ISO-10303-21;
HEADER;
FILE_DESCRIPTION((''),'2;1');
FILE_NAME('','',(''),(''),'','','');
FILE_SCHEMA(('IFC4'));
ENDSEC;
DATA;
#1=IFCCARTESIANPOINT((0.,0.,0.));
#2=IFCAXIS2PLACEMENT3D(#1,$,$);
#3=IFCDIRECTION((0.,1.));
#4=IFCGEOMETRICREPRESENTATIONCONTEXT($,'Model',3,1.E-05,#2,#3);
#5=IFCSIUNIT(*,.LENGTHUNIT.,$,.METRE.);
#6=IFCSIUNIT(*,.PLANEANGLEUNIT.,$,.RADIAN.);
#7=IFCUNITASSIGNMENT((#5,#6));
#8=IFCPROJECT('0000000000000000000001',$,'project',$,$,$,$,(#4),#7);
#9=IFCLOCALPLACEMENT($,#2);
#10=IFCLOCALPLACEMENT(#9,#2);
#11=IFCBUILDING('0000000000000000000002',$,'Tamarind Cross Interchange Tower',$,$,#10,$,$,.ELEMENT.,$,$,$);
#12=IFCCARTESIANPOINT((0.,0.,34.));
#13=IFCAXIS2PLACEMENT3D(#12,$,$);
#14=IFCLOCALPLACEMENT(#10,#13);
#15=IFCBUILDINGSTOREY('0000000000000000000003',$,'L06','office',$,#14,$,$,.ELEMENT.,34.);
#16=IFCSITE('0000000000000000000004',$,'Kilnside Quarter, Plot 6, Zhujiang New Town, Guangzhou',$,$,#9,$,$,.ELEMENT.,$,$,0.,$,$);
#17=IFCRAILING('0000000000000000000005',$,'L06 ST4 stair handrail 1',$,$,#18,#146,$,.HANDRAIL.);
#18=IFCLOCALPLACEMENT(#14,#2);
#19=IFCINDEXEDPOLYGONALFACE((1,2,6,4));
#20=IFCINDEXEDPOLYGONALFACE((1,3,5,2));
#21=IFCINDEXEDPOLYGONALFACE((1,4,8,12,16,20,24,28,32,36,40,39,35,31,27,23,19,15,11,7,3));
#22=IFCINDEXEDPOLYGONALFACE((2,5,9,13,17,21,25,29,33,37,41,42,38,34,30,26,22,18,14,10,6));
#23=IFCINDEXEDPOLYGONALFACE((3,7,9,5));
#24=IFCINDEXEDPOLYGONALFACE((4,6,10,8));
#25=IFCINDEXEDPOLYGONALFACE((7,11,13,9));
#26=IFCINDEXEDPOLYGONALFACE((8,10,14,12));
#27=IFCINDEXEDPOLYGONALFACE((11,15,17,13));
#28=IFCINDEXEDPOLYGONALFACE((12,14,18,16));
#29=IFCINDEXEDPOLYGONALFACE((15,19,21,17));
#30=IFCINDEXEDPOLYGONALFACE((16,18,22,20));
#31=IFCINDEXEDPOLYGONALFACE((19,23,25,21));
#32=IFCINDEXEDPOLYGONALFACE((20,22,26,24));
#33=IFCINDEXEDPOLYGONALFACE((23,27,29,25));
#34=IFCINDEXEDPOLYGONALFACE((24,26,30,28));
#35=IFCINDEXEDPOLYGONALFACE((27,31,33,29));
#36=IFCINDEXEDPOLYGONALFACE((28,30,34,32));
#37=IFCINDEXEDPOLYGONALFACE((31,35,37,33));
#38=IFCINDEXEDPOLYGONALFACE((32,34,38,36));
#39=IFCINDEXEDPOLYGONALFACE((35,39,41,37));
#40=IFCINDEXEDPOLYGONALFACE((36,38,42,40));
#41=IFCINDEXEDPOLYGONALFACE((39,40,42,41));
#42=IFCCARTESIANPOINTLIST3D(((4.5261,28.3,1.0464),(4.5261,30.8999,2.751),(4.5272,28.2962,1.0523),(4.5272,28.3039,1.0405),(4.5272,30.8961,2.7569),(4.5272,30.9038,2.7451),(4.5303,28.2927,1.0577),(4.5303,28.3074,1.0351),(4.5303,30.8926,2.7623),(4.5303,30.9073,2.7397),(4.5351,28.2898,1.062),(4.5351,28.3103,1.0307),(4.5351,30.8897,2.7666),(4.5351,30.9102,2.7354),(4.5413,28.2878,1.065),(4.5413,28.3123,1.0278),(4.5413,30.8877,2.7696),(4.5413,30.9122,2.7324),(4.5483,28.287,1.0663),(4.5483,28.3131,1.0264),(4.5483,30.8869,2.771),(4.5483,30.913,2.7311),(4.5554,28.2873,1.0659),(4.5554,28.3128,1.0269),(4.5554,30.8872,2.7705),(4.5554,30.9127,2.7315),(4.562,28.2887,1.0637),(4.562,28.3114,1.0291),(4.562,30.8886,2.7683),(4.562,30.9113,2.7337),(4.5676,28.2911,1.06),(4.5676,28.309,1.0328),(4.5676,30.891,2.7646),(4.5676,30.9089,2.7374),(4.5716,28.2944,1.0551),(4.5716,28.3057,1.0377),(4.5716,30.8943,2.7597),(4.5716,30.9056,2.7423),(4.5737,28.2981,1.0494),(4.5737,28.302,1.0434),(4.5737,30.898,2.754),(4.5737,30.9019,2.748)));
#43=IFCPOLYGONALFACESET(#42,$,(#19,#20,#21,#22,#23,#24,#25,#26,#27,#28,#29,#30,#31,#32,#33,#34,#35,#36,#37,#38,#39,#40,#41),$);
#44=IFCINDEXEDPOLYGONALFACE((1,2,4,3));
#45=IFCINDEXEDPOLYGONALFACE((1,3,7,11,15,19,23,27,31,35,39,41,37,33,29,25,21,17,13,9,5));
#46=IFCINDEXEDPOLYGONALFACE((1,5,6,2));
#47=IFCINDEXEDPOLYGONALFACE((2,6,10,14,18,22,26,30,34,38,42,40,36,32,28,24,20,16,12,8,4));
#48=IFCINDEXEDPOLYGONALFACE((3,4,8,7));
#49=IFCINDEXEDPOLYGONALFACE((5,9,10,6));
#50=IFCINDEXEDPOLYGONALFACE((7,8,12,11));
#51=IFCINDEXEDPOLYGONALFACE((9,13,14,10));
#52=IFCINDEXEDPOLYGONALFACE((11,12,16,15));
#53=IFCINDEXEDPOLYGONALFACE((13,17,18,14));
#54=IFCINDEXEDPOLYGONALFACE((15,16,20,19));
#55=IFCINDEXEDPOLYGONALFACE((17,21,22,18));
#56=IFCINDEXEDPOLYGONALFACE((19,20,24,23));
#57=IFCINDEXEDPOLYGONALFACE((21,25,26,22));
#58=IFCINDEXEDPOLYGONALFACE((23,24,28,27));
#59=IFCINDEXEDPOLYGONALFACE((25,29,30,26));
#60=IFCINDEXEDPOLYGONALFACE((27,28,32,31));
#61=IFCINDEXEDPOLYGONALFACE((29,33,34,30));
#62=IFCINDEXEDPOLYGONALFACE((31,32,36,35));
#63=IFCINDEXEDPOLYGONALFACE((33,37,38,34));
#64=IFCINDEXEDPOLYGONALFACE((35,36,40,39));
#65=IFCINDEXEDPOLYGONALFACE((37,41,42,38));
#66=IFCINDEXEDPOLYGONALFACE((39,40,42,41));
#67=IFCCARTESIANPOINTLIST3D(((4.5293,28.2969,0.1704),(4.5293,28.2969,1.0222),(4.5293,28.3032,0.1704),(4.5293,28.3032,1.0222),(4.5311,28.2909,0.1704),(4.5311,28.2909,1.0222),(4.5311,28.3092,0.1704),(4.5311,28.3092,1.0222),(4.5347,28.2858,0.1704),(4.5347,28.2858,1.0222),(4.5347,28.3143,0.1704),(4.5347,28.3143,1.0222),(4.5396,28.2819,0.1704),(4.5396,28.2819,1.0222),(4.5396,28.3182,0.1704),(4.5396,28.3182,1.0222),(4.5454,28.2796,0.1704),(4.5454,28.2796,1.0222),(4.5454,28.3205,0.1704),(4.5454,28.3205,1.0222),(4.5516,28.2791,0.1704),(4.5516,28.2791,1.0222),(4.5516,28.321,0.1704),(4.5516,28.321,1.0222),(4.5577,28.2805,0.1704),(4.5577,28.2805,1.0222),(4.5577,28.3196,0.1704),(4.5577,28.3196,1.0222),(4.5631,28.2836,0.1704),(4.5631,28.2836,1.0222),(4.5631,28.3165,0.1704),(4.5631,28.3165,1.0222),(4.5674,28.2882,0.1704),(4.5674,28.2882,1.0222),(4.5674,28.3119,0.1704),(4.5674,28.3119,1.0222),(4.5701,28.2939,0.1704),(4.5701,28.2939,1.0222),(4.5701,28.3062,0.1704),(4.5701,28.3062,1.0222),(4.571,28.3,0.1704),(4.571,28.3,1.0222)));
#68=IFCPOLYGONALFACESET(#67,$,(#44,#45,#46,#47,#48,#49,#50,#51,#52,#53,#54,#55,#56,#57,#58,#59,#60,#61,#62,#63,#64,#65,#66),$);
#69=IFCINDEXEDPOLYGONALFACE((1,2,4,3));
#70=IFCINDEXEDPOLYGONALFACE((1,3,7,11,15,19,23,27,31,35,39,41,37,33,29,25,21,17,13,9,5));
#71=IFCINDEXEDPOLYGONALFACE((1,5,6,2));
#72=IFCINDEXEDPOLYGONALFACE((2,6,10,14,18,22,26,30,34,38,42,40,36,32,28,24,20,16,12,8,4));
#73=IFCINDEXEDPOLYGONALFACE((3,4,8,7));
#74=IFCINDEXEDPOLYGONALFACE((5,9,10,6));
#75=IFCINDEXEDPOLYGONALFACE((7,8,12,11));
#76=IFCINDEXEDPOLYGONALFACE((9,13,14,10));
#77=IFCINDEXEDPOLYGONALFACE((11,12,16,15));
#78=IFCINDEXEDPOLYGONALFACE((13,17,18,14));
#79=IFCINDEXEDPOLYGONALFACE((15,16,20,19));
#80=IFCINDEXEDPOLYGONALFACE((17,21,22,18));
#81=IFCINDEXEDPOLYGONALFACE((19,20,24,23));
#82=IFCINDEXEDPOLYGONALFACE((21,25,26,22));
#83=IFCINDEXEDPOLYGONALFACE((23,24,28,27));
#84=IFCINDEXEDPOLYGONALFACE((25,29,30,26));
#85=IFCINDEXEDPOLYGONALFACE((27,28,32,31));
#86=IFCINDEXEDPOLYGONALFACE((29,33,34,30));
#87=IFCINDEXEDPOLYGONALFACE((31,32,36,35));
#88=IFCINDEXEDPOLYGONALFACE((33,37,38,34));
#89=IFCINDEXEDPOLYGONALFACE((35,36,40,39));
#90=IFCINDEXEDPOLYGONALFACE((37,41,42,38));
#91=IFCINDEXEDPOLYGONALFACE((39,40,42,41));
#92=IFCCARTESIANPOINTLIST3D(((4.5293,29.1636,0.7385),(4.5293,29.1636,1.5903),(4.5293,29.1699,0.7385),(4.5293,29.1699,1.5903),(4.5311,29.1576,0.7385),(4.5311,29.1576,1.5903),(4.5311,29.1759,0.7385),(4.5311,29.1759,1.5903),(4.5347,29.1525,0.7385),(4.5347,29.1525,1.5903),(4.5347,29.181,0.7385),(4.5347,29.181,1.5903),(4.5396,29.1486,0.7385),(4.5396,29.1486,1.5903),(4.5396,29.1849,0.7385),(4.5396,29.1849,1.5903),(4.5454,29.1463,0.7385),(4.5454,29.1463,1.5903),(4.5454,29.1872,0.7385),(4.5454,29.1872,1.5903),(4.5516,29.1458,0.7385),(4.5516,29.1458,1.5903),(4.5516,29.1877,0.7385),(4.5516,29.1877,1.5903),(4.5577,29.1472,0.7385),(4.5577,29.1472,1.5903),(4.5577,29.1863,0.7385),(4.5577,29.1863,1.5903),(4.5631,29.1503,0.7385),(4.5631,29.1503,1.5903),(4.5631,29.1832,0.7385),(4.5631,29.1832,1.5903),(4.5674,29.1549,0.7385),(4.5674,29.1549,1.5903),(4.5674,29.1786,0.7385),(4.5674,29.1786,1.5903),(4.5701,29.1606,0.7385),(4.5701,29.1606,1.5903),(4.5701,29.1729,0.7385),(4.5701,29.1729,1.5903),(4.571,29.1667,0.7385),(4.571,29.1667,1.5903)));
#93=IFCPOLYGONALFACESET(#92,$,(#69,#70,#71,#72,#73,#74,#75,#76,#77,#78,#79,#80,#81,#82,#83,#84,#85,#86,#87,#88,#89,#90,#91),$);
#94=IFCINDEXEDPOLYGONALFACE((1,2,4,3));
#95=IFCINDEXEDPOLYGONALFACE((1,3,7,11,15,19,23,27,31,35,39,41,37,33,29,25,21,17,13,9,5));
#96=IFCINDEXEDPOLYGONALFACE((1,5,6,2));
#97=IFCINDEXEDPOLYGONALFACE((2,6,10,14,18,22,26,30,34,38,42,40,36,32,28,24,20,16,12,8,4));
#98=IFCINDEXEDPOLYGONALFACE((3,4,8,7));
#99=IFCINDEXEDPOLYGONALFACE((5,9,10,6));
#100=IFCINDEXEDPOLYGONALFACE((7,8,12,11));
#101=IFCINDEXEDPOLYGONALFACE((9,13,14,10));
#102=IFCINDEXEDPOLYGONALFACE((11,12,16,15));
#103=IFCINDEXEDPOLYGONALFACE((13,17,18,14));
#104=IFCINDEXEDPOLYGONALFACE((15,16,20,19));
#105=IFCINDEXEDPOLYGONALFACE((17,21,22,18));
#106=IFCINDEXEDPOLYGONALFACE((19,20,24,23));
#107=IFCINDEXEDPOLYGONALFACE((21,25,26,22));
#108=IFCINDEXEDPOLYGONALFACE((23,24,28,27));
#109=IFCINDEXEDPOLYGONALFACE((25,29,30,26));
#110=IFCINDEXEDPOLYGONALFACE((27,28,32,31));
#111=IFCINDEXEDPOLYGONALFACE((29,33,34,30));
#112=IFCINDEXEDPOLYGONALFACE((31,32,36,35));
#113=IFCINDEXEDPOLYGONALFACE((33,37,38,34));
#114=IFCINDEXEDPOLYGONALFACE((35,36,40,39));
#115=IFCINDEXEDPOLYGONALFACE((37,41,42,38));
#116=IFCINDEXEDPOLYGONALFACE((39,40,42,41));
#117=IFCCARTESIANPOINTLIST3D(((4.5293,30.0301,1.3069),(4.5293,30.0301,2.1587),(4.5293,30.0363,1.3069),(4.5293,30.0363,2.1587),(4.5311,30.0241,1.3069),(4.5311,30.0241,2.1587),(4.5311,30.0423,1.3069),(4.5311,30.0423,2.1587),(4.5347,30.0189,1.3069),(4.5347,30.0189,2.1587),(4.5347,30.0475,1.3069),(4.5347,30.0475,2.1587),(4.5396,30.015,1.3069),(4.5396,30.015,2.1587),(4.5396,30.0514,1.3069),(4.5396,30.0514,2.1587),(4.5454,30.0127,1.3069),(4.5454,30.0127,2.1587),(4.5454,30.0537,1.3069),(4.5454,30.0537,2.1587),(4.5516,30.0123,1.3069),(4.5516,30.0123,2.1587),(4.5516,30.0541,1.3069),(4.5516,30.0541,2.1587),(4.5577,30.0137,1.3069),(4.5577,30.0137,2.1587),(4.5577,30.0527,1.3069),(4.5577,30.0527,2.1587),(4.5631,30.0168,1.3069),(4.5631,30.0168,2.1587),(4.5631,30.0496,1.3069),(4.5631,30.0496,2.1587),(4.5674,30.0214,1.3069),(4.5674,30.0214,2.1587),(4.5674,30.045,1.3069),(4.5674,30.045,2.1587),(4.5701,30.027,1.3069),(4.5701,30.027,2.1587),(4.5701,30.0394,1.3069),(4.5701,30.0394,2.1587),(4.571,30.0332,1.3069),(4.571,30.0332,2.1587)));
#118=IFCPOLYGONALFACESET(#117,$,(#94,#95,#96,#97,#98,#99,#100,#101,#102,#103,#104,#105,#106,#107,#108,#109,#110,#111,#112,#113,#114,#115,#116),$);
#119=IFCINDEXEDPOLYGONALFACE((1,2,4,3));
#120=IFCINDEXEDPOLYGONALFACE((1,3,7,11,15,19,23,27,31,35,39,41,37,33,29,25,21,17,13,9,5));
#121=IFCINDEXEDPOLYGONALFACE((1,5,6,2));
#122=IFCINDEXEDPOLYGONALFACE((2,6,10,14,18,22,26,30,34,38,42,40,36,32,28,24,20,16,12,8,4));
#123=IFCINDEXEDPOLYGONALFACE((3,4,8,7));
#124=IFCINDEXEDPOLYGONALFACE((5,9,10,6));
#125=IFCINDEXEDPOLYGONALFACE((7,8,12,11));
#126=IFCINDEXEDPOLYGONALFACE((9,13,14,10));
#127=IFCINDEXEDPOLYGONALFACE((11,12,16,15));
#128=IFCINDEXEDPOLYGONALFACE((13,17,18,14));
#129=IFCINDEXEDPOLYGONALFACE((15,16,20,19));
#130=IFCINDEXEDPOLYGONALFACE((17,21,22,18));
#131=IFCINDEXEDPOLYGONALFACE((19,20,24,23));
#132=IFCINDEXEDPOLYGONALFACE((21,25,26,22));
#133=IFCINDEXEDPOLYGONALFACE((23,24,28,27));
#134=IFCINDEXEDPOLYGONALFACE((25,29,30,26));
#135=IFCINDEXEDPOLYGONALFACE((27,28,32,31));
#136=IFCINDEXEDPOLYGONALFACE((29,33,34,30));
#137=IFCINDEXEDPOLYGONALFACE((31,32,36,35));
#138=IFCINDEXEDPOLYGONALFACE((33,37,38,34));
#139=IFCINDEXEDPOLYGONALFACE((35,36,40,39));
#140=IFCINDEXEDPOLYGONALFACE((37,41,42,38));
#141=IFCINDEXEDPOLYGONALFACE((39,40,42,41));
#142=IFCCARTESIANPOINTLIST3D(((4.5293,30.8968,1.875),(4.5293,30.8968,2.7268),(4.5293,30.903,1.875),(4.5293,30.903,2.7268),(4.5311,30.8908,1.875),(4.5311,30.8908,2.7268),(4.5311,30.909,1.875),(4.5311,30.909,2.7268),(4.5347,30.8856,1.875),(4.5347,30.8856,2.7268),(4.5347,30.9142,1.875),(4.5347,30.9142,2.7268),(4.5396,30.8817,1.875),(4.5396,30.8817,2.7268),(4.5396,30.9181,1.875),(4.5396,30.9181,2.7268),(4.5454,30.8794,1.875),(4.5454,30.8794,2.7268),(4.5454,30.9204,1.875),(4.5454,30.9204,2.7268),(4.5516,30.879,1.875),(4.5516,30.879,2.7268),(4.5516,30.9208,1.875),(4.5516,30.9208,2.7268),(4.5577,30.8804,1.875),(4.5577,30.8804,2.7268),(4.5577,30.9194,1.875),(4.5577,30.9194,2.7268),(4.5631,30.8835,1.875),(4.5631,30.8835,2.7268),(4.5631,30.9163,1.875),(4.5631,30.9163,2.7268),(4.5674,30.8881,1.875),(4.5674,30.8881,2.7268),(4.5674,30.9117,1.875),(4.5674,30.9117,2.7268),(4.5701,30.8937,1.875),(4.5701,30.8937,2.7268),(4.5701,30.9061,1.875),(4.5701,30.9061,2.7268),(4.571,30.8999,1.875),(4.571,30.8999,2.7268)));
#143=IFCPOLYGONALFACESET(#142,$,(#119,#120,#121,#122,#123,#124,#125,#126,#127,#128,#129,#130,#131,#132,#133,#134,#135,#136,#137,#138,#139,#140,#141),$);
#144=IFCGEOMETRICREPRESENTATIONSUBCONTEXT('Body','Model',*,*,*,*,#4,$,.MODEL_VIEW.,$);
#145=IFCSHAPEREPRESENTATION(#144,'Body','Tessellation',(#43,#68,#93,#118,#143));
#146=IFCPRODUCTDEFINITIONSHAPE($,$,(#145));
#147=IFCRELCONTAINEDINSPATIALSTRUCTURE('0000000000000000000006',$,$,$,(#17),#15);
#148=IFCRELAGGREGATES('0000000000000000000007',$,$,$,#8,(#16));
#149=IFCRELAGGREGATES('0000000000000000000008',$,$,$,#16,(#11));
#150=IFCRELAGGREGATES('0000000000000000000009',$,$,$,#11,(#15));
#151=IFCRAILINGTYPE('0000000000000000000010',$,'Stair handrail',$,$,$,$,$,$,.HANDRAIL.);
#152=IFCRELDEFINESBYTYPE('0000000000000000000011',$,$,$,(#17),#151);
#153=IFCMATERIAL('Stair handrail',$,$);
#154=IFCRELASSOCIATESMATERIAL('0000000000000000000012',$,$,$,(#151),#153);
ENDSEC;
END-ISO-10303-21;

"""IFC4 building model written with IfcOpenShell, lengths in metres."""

from ifc_helpers import new_model, si_unit, direction, frame, origin, origin_2d, place, context, subcontext, project, spatial, circle, extrude, material, type_object, element, save


model = new_model("IFC4")

# Units and contexts
model_context = context("Model", 3, precision=1e-05, world=origin(), true_north=direction((0.0, 1.0)))
body_context = subcontext(model_context, "Body", "Model", "MODEL_VIEW")
ifc_project = project(units=[si_unit("LENGTHUNIT", "METRE"), si_unit("PLANEANGLEUNIT", "RADIAN")], contexts=[model_context])

# Site, building, storey
site_placement = place(None, origin())
site = spatial("IfcSite", under=ifc_project, at=site_placement, Name="Kilnside Quarter, Plot 6, Zhujiang New Town, Guangzhou", CompositionType="ELEMENT", RefElevation=0.0)
building_placement = place(site_placement, origin())
building = spatial("IfcBuilding", under=site, at=building_placement, Name="Tamarind Cross Interchange Tower", CompositionType="ELEMENT")
storey_placement = place(building_placement, frame((0.0, 0.0, 34.0)))
storey = spatial("IfcBuildingStorey", under=building, at=storey_placement, Name="L06", Description="office", CompositionType="ELEMENT", Elevation=34.0)

# Railing
ifc_material_1 = material(Name="Stair handrail")
railing_type_1 = type_object("IfcRailingType", Name="Stair handrail", PredefinedType="HANDRAIL", material=ifc_material_1)
railing_1_placement = place(storey_placement, frame((4.55, 28.3, 0.1704)))
element("IfcRailing", 1, at=railing_1_placement, inside=storey, type_object=railing_type_1, Name="L06 ST4 stair handrail 1", PredefinedType="HANDRAIL", context=body_context, shape_type="SweptSolid", body=[
    extrude(circle(Radius=0.0239, at=origin_2d()), frame((0.0, 0.0, 0.876), z_axis=(0.0, 0.836279, 0.548305), x_axis=(-1.0, 0.0, 0.0)), (0.0, 0.0, 1.0), 3.1089),
    extrude(circle(Radius=0.021, at=origin_2d()), origin(), (0.0, 0.0, 1.0), 0.8518),
    extrude(circle(Radius=0.021, at=origin_2d()), frame((0.0, 0.8667, 0.5681)), (0.0, 0.0, 1.0), 0.8518),
    extrude(circle(Radius=0.021, at=origin_2d()), frame((0.0, 1.7332, 1.1365)), (0.0, 0.0, 1.0), 0.8518),
    extrude(circle(Radius=0.021, at=origin_2d()), frame((0.0, 2.5999, 1.7046)), (0.0, 0.0, 1.0), 0.8518),
])

save(model, "model.ifc")
